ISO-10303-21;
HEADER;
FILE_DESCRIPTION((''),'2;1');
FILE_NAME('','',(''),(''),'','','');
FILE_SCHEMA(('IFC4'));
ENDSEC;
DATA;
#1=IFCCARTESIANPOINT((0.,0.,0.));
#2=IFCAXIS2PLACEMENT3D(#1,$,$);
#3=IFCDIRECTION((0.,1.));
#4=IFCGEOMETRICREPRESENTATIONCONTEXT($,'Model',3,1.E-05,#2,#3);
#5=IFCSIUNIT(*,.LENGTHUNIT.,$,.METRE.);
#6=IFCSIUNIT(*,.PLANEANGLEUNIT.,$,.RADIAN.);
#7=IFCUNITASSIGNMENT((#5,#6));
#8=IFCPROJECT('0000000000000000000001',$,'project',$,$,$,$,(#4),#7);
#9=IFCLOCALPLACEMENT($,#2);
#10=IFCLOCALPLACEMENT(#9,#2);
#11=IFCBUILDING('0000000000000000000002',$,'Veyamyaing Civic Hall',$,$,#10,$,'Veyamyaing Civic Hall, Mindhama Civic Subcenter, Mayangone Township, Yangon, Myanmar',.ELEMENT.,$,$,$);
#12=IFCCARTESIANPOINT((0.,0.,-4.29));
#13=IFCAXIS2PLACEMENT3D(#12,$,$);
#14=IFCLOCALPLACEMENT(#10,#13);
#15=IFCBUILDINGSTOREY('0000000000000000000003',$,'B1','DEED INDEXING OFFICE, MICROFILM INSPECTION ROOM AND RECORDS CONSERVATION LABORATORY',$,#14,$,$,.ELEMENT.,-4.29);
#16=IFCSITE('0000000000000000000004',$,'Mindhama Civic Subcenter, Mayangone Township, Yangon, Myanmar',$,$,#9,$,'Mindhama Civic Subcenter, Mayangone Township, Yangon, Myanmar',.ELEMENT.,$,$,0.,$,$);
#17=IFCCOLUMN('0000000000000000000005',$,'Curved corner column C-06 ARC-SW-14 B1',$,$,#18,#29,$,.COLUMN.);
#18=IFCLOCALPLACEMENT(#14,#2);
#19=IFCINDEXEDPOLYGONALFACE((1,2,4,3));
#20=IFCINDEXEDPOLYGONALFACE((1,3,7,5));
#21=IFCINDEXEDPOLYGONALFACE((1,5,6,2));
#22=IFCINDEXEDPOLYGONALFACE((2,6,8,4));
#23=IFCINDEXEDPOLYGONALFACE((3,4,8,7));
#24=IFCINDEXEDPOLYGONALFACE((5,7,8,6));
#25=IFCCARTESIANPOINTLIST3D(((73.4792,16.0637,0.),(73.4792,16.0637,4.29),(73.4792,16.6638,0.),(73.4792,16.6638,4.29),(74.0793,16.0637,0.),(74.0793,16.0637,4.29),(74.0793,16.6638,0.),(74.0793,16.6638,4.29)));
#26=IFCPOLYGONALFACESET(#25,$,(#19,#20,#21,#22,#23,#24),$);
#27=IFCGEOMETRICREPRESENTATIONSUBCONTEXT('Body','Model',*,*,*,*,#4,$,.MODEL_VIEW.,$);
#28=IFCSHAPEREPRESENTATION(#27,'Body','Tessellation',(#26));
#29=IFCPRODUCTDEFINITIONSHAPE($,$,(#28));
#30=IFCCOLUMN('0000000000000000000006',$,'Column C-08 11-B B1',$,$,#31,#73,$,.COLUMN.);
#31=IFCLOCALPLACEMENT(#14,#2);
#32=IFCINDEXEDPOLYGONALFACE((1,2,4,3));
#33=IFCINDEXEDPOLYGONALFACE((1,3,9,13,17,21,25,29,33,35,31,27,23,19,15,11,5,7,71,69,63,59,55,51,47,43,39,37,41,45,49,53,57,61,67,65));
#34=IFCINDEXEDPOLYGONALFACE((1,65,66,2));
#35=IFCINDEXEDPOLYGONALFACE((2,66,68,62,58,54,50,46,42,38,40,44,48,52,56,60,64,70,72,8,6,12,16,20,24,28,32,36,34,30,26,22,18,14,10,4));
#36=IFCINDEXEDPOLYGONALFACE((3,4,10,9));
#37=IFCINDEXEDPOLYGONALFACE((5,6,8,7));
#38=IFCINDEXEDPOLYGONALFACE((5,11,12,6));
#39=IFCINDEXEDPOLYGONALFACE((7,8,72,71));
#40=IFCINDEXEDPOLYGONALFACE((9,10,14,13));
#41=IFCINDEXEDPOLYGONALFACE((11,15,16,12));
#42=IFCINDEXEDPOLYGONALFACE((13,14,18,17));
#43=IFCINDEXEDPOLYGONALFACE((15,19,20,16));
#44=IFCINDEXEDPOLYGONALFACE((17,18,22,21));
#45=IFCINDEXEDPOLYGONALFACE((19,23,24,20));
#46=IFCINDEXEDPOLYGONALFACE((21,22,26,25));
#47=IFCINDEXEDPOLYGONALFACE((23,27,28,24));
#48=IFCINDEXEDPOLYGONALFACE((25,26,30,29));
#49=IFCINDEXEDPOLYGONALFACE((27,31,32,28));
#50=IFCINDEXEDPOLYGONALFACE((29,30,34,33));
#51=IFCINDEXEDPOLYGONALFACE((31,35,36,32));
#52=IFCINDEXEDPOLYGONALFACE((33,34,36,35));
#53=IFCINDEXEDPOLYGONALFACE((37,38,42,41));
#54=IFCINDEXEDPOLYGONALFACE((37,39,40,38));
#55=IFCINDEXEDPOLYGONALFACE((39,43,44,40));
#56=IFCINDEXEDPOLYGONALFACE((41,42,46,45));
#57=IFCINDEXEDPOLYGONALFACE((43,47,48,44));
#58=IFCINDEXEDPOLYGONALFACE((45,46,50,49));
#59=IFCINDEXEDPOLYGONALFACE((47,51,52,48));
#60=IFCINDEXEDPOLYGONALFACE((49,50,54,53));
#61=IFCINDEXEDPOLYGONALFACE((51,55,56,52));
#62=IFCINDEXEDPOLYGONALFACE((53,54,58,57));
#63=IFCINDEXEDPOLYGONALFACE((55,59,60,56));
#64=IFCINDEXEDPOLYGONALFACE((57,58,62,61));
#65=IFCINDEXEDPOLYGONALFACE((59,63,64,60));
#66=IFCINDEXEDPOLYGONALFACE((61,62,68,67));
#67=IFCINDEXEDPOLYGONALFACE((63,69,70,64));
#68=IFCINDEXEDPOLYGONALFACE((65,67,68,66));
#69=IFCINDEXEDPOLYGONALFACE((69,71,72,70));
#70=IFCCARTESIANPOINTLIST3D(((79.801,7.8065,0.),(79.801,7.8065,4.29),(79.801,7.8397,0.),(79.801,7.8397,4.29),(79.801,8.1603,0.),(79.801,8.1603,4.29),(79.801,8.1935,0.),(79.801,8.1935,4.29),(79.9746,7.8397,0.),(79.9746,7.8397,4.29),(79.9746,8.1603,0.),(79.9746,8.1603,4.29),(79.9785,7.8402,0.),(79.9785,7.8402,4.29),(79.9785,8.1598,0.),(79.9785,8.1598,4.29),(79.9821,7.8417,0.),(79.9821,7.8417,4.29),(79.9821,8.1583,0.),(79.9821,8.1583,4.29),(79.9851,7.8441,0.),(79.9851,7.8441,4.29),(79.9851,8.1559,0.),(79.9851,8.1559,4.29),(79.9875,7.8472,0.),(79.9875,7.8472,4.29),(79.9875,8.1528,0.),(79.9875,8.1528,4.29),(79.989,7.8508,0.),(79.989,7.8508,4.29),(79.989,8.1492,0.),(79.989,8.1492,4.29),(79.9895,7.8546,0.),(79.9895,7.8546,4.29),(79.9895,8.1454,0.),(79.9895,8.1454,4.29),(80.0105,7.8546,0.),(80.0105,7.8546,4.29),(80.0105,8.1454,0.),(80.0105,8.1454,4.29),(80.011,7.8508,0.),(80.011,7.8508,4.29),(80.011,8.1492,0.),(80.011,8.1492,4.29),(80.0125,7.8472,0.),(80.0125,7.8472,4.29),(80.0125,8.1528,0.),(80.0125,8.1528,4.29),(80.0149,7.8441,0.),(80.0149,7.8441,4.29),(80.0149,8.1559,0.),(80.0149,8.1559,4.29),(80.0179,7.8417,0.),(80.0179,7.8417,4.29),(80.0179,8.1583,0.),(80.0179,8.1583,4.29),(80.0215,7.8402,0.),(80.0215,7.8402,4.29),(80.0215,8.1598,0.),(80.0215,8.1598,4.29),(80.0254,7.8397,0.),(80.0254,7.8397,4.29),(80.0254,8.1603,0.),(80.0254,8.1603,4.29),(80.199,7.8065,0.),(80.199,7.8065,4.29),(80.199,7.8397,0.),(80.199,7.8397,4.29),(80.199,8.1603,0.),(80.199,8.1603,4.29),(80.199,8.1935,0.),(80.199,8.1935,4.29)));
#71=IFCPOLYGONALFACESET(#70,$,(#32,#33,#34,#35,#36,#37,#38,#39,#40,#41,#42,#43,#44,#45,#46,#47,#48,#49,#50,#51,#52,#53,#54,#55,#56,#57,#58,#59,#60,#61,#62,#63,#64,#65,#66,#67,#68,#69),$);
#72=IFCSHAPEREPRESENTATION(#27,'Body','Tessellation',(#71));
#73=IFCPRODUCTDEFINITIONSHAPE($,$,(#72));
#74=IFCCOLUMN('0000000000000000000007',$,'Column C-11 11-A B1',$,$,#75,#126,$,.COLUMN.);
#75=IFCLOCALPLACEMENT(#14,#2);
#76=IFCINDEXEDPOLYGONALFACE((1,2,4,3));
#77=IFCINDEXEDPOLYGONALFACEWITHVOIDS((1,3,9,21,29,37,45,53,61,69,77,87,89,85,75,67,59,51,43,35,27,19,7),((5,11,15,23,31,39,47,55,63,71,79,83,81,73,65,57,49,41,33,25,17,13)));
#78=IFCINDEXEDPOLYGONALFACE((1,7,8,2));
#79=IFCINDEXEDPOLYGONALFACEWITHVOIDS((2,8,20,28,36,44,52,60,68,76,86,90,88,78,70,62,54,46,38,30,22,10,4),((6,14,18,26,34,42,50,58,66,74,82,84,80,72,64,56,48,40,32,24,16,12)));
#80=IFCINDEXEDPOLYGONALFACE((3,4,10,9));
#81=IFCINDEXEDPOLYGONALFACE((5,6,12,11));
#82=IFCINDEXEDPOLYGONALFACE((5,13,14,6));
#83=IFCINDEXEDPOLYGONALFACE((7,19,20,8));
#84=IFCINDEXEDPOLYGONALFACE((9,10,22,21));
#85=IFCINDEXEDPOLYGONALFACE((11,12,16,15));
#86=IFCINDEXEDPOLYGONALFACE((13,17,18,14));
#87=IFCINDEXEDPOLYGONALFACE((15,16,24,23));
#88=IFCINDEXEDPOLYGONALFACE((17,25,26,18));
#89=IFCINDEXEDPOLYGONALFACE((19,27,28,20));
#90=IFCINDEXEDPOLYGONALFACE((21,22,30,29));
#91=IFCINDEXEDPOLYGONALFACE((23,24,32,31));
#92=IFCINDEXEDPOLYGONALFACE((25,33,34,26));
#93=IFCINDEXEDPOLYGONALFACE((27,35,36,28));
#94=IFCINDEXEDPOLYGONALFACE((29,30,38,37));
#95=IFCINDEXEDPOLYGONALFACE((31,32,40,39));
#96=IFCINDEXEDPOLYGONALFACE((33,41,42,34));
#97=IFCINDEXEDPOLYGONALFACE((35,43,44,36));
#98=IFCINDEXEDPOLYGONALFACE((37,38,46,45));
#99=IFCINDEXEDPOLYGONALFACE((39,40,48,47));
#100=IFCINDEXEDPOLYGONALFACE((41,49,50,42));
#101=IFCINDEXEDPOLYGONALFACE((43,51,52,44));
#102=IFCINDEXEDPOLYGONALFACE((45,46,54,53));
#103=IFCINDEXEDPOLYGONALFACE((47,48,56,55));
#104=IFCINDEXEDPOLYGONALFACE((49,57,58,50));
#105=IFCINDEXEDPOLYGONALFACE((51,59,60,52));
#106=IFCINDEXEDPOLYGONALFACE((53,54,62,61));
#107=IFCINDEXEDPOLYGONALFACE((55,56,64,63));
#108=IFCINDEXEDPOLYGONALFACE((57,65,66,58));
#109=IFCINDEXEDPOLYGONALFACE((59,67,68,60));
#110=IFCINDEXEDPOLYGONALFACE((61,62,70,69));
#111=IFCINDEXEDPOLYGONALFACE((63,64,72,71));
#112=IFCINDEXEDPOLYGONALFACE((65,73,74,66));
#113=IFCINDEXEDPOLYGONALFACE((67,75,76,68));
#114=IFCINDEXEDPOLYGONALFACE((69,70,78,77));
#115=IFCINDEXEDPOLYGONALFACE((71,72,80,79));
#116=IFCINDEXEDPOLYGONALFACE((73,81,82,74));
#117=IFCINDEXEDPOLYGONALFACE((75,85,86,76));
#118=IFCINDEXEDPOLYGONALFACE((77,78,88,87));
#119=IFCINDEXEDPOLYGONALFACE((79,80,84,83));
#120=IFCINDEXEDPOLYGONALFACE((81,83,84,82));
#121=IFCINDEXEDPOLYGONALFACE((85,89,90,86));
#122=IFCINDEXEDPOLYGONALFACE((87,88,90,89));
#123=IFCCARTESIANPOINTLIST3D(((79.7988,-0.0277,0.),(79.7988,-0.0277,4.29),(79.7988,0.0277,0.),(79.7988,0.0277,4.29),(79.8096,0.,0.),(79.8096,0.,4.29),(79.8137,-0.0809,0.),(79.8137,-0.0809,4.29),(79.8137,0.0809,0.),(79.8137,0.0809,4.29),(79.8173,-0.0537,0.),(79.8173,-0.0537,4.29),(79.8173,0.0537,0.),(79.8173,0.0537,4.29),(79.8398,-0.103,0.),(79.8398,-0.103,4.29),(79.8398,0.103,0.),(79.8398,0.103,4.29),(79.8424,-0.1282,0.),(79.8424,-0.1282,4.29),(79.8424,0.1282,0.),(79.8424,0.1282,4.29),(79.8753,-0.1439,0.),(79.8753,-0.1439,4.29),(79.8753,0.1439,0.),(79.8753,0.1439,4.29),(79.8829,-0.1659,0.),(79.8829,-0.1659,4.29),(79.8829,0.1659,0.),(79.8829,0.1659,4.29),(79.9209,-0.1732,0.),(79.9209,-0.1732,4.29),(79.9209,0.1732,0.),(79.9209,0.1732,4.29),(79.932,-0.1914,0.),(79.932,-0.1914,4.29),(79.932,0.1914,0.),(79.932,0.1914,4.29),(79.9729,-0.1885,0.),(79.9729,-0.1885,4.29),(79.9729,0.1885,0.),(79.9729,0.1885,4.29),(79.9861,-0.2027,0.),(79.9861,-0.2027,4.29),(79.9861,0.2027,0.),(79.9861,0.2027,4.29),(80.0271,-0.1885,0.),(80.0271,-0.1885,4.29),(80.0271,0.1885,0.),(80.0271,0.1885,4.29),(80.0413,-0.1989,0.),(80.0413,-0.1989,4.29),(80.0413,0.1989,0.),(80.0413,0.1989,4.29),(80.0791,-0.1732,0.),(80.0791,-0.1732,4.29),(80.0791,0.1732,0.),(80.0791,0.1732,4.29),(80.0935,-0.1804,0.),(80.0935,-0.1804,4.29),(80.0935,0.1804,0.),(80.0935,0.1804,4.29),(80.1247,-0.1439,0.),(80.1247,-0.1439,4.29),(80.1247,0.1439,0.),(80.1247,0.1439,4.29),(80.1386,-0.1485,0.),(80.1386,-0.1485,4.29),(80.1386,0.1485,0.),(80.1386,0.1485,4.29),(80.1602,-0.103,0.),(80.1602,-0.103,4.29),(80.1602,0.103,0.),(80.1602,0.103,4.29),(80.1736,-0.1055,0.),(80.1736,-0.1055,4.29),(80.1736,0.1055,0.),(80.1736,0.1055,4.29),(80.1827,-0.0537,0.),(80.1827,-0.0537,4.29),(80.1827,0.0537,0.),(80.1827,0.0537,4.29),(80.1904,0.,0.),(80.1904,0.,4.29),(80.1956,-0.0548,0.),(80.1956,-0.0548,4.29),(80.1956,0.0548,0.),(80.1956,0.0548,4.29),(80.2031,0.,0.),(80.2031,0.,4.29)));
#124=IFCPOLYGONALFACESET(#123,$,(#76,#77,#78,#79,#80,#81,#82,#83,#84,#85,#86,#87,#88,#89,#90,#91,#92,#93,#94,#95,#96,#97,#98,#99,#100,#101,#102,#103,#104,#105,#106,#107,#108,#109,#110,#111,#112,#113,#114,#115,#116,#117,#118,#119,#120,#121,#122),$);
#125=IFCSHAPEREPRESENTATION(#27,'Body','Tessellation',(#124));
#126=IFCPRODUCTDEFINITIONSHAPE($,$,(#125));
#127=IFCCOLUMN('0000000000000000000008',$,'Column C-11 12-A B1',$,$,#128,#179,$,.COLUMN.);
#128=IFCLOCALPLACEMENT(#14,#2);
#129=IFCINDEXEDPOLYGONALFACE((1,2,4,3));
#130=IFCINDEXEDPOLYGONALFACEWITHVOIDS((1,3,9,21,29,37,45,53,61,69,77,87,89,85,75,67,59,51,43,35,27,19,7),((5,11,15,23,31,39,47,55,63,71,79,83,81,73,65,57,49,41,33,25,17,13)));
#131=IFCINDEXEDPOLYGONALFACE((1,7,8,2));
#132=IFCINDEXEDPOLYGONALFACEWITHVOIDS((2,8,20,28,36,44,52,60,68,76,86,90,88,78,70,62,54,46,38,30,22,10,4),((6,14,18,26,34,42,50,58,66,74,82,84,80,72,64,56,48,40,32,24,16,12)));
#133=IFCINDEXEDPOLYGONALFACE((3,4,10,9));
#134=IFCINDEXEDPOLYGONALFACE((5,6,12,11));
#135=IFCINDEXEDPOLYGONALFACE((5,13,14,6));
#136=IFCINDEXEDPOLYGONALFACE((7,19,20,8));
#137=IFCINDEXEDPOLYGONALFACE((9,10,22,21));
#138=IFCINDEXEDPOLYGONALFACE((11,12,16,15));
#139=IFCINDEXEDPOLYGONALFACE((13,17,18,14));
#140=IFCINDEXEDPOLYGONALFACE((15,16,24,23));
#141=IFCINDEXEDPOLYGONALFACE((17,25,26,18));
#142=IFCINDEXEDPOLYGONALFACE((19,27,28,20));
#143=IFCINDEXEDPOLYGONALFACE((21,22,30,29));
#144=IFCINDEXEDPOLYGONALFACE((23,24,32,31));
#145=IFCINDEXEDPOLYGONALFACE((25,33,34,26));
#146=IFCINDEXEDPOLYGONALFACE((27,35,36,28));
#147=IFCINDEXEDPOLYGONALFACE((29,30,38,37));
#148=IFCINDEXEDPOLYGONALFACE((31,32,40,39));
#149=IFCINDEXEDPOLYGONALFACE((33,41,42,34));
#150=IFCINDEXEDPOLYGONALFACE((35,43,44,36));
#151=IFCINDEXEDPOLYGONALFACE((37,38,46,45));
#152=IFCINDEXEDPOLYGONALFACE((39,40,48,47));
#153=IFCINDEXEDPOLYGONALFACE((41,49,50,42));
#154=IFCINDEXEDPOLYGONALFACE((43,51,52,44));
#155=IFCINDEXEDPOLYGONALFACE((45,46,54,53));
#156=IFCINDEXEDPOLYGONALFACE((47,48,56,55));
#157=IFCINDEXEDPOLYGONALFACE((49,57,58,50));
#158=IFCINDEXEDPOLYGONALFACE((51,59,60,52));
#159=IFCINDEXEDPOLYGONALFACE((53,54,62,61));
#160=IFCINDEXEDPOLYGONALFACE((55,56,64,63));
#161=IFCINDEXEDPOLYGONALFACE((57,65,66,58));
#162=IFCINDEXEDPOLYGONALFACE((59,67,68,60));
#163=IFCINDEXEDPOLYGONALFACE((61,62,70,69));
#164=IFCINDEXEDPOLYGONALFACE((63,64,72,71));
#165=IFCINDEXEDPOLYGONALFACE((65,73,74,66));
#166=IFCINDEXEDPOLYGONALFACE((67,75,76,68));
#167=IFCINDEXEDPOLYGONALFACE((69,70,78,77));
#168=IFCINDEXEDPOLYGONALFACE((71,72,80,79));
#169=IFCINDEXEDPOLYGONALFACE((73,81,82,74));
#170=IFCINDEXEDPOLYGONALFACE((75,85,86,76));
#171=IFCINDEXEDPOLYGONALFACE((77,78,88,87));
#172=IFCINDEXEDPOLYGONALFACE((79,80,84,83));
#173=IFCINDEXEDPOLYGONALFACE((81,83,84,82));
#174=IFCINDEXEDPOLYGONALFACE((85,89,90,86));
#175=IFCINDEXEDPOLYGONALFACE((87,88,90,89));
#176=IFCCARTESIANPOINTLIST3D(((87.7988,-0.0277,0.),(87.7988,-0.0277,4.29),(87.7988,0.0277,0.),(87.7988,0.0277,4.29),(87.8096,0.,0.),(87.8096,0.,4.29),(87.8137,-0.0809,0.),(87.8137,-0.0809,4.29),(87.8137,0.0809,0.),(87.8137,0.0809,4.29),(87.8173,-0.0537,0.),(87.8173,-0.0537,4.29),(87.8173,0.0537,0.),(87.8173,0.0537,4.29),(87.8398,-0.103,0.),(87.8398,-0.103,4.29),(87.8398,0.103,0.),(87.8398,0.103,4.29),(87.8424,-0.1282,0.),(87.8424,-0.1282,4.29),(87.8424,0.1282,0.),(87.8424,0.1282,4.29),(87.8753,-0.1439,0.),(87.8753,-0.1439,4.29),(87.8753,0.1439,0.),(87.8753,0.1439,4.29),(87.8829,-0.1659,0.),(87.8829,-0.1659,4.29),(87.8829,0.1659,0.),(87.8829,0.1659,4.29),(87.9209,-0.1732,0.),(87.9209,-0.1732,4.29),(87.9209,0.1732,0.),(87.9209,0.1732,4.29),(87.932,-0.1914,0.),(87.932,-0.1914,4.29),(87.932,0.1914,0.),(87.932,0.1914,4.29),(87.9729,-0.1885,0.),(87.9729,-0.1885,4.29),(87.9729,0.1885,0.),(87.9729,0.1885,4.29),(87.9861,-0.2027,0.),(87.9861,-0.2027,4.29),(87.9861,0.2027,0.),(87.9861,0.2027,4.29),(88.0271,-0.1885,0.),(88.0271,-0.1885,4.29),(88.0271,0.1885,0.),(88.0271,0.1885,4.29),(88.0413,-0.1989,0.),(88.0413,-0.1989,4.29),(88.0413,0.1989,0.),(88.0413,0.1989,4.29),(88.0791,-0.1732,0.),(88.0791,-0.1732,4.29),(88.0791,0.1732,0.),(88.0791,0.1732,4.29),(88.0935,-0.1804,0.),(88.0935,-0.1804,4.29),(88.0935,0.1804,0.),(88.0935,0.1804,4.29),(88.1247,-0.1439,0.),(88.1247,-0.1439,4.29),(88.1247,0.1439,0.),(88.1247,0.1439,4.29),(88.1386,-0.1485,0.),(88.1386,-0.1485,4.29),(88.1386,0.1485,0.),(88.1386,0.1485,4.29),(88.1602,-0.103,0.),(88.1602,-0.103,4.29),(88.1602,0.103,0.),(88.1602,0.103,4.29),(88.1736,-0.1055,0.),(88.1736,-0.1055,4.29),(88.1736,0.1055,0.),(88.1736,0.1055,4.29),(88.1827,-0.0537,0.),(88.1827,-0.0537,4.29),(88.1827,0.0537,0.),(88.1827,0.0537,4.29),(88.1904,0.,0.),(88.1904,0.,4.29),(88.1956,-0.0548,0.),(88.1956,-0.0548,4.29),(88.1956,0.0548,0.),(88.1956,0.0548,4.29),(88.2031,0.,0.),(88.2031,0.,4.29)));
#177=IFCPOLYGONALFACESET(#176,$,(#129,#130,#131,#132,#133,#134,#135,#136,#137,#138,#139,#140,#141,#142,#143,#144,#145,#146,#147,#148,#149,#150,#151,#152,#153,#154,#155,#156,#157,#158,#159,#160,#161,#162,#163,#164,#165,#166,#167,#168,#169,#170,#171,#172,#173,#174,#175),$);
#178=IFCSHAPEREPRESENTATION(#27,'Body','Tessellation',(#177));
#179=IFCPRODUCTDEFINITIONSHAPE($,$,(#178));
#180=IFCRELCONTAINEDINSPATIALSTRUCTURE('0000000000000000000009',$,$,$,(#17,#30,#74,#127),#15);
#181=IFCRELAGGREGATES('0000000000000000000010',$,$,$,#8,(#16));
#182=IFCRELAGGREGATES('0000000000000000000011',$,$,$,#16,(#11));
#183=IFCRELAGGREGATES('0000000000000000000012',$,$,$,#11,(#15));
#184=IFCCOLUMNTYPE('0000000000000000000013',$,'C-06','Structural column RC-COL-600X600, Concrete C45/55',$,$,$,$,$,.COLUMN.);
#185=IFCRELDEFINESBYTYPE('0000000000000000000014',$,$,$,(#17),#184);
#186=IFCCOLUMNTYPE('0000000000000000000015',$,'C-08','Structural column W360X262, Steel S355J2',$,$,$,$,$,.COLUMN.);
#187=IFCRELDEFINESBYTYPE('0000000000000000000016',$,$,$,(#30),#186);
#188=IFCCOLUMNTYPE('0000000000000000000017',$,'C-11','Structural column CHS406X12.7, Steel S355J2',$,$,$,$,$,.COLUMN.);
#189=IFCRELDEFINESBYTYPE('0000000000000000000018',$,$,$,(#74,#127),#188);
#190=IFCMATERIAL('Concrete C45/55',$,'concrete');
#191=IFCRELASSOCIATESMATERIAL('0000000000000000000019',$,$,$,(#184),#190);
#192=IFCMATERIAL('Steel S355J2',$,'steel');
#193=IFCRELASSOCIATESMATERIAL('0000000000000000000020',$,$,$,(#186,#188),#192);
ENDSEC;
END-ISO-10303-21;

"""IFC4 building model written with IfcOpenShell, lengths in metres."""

from ifc_helpers import new_model, si_unit, direction, frame, origin, origin_2d, place, context, subcontext, project, spatial, rectangle, hollow_circle, i_section, extrude, material, material_profile, profile_set, type_object, element, save


model = new_model("IFC4")

# Units and contexts
model_context = context("Model", 3, precision=1e-05, world=origin(), true_north=direction((0.0, 1.0)))
body_context = subcontext(model_context, "Body", "Model", "MODEL_VIEW")
ifc_project = project(units=[si_unit("LENGTHUNIT", "METRE"), si_unit("PLANEANGLEUNIT", "RADIAN")], contexts=[model_context])

# Site, building, storey
site_placement = place(None, origin())
site = spatial("IfcSite", under=ifc_project, at=site_placement, Name="Mindhama Civic Subcenter, Mayangone Township, Yangon, Myanmar", LongName="Mindhama Civic Subcenter, Mayangone Township, Yangon, Myanmar", CompositionType="ELEMENT", RefElevation=0.0)
building_placement = place(site_placement, origin())
building = spatial("IfcBuilding", under=site, at=building_placement, Name="Veyamyaing Civic Hall", LongName="Veyamyaing Civic Hall, Mindhama Civic Subcenter, Mayangone Township, Yangon, Myanmar", CompositionType="ELEMENT")
storey_placement = place(building_placement, frame((0.0, 0.0, -4.29)))
storey = spatial("IfcBuildingStorey", under=building, at=storey_placement, Name="B1", Description="DEED INDEXING OFFICE, MICROFILM INSPECTION ROOM AND RECORDS CONSERVATION LABORATORY", CompositionType="ELEMENT", Elevation=-4.29)

# Columns
ifc_material_1 = material(Name="Concrete C45/55", Category="concrete")
ifc_material_profile_1 = material_profile(ifc_material_1, rectangle(XDim=0.6001, YDim=0.6001, at=origin_2d()), Name="RC-COL-600X600")
ifc_profile_set_1 = profile_set([ifc_material_profile_1], Name="Concrete C45/55")
column_type_1 = type_object("IfcColumnType", Name="C-06", Description="Structural column RC-COL-600X600, Concrete C45/55", PredefinedType="COLUMN", material=ifc_profile_set_1)
column_1_placement = place(storey_placement, frame((73.7793, 16.3638, 0.0), z_axis=(0.0, 0.0, 1.0), x_axis=(1.0, 0.0, 0.0)))
element("IfcColumn", 1, at=column_1_placement, inside=storey, type_object=column_type_1, Name="Curved corner column C-06 ARC-SW-14 B1", PredefinedType="COLUMN", context=body_context, shape_type="SweptSolid", body=[
    extrude(rectangle(XDim=0.6001, YDim=0.6001, at=origin_2d()), origin(), (0.0, 0.0, 1.0), 4.29),
])
ifc_material_2 = material(Name="Steel S355J2", Category="steel")
ifc_material_profile_2 = material_profile(ifc_material_2, i_section(OverallWidth=0.3979, OverallDepth=0.387, WebThickness=0.021, FlangeThickness=0.0332, FilletRadius=0.0149, at=origin_2d()), Name="W360X262")
ifc_profile_set_2 = profile_set([ifc_material_profile_2], Name="Steel S355J2")
column_type_2 = type_object("IfcColumnType", Name="C-08", Description="Structural column W360X262, Steel S355J2", PredefinedType="COLUMN", material=ifc_profile_set_2)
column_2_placement = place(storey_placement, frame((80.0, 8.0, 0.0), z_axis=(0.0, 0.0, 1.0), x_axis=(1.0, 0.0, 0.0)))
element("IfcColumn", 2, at=column_2_placement, inside=storey, type_object=column_type_2, Name="Column C-08 11-B B1", PredefinedType="COLUMN", context=body_context, shape_type="SweptSolid", body=[
    extrude(i_section(OverallWidth=0.3979, OverallDepth=0.387, WebThickness=0.021, FlangeThickness=0.0332, FilletRadius=0.0149, at=origin_2d()), origin(), (0.0, 0.0, 1.0), 4.29),
])
ifc_material_profile_3 = material_profile(ifc_material_2, hollow_circle(Radius=0.2031, WallThickness=0.0127, at=origin_2d()), Name="CHS406X12.7")
ifc_profile_set_3 = profile_set([ifc_material_profile_3], Name="Steel S355J2")
column_type_3 = type_object("IfcColumnType", Name="C-11", Description="Structural column CHS406X12.7, Steel S355J2", PredefinedType="COLUMN", material=ifc_profile_set_3)
for number, where, z_axis, x_axis, name in (
    (3, (80.0, 0.0, 0.0), (0.0, 0.0, 1.0), (1.0, 0.0, 0.0), "Column C-11 11-A B1"),
    (4, (88.0, 0.0, 0.0), (0.0, 0.0, 1.0), (1.0, 0.0, 0.0), "Column C-11 12-A B1"),
):
    element("IfcColumn", number, at=place(storey_placement, frame(where, z_axis=z_axis, x_axis=x_axis)), inside=storey, type_object=column_type_3, Name=name, PredefinedType="COLUMN", context=body_context, shape_type="SweptSolid", body=[
        extrude(hollow_circle(Radius=0.2031, WallThickness=0.0127, at=origin_2d()), origin(), (0.0, 0.0, 1.0), 4.29),
    ])

save(model, "model.ifc")
